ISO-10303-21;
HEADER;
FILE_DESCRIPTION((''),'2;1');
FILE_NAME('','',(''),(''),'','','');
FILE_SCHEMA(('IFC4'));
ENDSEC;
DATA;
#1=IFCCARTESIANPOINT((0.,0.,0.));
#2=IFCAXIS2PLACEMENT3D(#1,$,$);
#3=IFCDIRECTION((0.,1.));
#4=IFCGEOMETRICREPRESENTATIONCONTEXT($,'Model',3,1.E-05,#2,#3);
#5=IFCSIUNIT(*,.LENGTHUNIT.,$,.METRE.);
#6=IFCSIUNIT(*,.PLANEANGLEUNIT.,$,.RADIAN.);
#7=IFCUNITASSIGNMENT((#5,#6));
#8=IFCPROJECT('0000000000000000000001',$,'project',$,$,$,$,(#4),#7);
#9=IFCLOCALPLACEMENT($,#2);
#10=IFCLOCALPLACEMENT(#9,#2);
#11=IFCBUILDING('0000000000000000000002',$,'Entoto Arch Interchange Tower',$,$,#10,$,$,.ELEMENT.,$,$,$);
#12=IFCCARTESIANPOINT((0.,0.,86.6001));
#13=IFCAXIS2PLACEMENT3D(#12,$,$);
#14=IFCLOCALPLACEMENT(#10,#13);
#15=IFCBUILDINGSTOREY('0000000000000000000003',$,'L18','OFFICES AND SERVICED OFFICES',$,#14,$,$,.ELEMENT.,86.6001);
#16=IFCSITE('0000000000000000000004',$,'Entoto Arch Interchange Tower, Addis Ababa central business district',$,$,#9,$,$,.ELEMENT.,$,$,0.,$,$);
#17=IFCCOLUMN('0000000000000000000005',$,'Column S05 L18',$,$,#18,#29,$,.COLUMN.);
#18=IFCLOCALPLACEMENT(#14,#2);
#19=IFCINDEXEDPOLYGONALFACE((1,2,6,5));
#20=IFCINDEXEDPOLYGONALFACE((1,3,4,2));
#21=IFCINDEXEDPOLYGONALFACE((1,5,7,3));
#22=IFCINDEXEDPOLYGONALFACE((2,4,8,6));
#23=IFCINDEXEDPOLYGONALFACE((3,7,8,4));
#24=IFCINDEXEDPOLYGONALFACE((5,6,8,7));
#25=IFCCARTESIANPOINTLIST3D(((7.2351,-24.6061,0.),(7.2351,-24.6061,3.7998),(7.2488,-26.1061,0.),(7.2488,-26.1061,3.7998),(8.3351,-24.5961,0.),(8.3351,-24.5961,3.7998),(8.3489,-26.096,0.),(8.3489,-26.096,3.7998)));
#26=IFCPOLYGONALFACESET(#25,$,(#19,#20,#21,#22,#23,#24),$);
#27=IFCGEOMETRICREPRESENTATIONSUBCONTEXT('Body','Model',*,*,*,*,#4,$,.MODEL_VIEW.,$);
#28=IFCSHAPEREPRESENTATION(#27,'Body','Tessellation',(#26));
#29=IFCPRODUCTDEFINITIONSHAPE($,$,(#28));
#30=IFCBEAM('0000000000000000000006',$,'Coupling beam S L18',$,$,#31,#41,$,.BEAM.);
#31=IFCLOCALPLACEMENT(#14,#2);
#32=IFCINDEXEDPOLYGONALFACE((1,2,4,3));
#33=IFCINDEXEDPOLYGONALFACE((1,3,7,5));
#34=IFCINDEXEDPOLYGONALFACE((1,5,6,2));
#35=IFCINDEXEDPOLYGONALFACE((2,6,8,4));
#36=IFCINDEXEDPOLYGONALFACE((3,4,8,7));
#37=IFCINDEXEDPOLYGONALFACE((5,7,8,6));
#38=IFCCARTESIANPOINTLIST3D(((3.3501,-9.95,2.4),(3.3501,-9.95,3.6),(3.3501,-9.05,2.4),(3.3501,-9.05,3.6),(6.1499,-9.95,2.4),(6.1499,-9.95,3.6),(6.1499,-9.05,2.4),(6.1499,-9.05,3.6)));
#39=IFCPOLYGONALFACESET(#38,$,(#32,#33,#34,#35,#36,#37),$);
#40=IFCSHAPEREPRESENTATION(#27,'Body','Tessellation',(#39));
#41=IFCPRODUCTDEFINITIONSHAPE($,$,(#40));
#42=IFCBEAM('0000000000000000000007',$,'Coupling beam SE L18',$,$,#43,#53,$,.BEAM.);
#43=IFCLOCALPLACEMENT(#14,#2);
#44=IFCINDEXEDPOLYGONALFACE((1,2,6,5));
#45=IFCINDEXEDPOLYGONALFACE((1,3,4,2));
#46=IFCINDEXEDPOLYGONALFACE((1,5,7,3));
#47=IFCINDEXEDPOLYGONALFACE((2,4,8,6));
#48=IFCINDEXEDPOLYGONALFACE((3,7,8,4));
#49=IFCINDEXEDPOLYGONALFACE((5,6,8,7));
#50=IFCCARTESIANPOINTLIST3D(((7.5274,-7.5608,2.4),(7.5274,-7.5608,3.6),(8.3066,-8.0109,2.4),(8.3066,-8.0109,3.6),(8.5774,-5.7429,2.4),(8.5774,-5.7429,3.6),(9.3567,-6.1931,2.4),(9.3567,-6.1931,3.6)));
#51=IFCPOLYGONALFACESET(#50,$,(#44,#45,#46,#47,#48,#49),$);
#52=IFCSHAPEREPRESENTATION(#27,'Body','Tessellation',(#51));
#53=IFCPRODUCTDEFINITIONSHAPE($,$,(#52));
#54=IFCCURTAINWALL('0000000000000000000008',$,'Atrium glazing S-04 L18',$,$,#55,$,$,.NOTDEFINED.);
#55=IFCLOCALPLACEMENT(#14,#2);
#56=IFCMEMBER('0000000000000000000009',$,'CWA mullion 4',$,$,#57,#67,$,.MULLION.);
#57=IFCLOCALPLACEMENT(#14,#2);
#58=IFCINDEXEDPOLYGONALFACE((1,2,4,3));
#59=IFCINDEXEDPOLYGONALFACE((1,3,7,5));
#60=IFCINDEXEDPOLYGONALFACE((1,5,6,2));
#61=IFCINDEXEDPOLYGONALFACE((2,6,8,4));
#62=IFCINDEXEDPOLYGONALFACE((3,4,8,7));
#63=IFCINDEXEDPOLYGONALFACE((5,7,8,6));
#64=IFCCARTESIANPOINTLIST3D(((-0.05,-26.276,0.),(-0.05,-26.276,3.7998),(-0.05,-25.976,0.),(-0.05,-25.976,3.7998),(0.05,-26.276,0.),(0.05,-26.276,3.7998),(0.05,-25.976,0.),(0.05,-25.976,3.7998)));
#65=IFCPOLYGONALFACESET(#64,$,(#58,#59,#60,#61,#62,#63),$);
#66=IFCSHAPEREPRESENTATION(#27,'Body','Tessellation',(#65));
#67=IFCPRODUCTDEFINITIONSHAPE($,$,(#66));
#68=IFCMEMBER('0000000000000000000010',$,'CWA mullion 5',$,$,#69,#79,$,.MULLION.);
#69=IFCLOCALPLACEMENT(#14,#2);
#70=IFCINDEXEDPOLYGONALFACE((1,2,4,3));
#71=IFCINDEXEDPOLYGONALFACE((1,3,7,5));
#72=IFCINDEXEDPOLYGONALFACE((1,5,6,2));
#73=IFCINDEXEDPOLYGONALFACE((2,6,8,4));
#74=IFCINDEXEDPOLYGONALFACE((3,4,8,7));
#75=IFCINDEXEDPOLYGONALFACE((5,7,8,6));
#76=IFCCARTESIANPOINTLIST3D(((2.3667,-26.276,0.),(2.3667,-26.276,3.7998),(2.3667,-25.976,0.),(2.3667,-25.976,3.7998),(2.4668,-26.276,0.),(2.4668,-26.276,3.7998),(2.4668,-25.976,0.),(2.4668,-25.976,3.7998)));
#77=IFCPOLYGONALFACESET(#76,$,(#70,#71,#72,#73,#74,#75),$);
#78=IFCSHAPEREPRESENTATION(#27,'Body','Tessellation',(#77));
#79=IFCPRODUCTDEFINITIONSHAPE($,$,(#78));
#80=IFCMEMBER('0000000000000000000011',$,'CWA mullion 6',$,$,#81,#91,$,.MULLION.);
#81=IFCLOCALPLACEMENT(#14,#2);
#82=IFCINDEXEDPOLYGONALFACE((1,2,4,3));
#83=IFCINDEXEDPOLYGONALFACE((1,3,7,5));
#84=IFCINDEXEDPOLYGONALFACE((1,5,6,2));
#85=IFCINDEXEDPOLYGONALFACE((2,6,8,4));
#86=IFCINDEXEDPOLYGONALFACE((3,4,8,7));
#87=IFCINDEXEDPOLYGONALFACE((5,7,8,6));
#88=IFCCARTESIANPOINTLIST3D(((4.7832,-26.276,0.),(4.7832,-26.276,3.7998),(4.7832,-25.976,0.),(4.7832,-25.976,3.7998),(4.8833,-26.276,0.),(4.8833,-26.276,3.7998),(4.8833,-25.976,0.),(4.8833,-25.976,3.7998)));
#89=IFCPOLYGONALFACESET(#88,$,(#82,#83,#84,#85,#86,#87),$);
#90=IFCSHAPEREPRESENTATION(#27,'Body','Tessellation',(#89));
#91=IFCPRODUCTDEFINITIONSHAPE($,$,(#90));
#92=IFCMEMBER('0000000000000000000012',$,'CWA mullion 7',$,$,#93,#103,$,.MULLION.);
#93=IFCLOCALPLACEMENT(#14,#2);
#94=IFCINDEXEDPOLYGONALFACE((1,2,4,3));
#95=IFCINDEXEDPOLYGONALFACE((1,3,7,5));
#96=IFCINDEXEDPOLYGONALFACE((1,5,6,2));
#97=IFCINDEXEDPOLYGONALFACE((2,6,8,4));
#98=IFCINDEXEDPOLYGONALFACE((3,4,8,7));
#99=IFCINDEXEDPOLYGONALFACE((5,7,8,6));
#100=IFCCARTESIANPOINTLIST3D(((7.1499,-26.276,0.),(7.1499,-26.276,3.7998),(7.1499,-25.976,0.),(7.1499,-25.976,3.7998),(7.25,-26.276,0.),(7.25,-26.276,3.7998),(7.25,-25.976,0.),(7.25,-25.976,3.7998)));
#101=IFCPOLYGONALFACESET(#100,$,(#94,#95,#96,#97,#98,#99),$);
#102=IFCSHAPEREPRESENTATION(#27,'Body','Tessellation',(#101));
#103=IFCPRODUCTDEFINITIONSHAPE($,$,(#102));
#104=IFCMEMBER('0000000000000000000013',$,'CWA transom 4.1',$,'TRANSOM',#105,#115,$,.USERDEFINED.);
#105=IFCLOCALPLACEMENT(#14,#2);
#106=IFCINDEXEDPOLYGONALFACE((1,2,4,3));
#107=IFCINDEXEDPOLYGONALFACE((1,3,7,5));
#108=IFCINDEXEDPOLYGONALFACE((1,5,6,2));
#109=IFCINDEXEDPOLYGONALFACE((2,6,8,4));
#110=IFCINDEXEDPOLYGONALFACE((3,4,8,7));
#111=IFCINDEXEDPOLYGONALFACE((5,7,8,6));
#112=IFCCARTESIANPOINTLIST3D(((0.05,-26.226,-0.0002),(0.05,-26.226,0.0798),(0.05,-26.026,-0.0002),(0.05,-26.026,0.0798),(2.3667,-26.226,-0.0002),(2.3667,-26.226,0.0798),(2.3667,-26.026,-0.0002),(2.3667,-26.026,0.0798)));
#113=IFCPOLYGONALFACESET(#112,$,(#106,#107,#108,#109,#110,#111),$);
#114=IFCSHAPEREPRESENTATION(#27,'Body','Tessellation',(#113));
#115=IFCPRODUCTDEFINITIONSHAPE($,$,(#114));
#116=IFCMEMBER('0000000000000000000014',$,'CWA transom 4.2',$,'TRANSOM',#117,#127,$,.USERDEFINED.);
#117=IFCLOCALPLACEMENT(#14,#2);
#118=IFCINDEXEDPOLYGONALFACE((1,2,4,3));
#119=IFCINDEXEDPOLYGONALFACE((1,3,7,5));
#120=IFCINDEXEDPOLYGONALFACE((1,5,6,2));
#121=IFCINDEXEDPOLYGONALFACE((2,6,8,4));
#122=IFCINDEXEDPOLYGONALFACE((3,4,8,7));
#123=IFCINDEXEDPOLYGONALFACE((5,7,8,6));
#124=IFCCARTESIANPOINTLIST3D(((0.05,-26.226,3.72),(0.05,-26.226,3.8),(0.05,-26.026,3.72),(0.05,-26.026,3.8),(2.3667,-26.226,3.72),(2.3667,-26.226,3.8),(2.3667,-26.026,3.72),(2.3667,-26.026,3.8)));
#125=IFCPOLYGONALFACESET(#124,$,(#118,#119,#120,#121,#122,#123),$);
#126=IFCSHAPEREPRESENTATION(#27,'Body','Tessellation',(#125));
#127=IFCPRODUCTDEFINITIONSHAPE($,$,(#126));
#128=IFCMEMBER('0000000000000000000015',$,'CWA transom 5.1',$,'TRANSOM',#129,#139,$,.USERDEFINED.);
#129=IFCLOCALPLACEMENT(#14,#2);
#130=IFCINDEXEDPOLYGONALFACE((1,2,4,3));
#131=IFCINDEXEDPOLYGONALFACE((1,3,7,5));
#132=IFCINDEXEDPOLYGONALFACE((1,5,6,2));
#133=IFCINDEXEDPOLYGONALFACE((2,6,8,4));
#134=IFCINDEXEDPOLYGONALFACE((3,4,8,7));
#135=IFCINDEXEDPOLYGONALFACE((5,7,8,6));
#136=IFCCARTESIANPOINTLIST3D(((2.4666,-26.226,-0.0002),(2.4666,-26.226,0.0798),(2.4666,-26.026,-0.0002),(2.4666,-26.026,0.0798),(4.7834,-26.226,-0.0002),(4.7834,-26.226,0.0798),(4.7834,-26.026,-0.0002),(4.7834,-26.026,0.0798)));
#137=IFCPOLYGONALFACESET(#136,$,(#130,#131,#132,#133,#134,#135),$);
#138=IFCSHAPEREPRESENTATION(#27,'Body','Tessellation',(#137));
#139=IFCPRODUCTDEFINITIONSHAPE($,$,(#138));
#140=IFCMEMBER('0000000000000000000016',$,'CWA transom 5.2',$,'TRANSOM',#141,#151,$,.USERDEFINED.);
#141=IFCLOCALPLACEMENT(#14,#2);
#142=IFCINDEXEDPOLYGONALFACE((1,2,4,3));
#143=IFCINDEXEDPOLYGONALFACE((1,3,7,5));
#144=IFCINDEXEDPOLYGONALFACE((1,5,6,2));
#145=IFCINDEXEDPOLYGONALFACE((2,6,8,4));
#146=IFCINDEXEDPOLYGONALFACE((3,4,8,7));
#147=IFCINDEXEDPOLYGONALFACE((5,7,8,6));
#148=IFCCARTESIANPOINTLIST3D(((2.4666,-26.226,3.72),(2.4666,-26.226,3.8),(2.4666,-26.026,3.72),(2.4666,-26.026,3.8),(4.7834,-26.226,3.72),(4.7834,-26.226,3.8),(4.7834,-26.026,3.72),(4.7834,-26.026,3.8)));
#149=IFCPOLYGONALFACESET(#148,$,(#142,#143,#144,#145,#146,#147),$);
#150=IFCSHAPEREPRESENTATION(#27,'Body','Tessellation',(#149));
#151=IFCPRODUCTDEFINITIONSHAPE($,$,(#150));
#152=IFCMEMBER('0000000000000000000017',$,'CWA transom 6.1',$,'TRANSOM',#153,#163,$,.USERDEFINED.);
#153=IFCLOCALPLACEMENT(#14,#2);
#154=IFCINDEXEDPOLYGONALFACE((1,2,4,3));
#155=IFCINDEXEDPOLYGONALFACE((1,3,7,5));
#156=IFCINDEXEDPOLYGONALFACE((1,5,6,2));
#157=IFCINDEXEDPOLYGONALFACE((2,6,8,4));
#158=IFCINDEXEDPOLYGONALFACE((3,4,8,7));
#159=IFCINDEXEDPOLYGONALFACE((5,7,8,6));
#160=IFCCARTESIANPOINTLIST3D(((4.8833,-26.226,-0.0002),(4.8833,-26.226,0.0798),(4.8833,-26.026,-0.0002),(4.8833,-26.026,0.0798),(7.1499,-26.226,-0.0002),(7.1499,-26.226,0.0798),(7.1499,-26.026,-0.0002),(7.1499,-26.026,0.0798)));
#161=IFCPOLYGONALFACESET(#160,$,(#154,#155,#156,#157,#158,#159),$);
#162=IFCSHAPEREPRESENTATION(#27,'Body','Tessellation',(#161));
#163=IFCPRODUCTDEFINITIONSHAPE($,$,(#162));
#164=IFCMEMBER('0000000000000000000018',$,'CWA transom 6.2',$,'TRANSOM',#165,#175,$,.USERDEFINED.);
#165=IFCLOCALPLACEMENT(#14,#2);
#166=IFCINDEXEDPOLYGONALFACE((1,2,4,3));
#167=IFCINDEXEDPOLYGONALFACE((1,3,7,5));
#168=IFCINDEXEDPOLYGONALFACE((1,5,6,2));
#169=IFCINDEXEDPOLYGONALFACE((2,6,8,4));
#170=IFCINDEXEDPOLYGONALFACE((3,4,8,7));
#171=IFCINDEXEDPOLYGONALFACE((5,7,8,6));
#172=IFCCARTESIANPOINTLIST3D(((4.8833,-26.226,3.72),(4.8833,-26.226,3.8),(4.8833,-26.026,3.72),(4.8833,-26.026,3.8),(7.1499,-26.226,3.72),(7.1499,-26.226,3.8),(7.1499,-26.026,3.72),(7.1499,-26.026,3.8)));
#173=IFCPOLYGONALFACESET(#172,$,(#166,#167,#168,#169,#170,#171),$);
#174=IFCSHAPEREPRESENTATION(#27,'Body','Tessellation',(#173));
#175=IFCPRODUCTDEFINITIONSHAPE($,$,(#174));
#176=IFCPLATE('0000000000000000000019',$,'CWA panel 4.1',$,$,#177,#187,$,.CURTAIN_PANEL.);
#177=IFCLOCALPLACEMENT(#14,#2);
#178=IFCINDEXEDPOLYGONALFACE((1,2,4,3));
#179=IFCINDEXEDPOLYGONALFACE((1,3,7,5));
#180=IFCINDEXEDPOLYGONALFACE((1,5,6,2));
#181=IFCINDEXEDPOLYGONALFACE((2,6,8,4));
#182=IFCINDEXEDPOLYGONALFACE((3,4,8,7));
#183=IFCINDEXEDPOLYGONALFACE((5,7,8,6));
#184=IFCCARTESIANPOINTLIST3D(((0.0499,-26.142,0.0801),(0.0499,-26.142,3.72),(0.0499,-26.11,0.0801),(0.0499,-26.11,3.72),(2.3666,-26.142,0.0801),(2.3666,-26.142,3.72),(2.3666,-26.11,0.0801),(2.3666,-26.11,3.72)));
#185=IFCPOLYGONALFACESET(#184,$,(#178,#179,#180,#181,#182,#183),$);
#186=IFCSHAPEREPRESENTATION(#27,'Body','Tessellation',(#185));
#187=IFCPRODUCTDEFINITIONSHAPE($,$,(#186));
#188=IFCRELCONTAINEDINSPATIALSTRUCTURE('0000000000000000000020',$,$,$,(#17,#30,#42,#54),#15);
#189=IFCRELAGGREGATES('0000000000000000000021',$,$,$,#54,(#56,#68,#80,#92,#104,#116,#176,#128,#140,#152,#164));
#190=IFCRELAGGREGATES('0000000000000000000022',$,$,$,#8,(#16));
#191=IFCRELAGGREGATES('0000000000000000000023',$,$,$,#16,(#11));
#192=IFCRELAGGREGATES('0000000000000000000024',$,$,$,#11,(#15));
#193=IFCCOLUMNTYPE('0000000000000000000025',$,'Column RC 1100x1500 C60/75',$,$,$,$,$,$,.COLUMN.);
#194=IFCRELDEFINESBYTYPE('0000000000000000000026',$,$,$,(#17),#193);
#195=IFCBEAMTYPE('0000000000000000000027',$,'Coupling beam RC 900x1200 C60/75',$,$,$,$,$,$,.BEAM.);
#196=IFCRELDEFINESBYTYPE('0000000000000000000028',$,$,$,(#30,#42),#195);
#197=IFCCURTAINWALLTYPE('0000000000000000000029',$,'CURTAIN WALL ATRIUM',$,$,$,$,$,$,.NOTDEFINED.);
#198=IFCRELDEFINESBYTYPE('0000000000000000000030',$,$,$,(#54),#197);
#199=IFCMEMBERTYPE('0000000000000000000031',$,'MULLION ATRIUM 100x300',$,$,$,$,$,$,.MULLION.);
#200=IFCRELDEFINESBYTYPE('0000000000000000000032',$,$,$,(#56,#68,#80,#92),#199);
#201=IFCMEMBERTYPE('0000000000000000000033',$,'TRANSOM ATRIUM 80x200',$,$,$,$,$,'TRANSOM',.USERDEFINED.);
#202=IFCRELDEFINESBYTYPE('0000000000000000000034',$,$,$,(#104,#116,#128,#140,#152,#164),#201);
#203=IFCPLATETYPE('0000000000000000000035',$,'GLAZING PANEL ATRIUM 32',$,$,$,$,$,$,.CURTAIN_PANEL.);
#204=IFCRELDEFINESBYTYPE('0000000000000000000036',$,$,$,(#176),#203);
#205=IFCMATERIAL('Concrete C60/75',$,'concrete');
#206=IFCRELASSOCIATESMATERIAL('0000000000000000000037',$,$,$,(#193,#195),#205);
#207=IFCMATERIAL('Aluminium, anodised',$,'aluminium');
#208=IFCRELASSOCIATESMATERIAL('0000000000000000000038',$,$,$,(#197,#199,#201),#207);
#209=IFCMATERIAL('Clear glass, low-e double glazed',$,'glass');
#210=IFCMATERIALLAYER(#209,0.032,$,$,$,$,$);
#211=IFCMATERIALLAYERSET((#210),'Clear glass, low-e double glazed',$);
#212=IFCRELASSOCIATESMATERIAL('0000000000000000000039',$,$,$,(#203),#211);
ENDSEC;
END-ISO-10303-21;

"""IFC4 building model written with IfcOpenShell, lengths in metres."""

from ifc_helpers import new_model, si_unit, direction, frame, origin, origin_2d, place, context, subcontext, project, spatial, rectangle, extrude, material, layer, layer_set, material_profile, profile_set, type_object, element, aggregate, save


model = new_model("IFC4")

# Units and contexts
model_context = context("Model", 3, precision=1e-05, world=origin(), true_north=direction((0.0, 1.0)))
body_context = subcontext(model_context, "Body", "Model", "MODEL_VIEW")
ifc_project = project(units=[si_unit("LENGTHUNIT", "METRE"), si_unit("PLANEANGLEUNIT", "RADIAN")], contexts=[model_context])

# Site, building, storey
site_placement = place(None, origin())
site = spatial("IfcSite", under=ifc_project, at=site_placement, Name="Entoto Arch Interchange Tower, Addis Ababa central business district", CompositionType="ELEMENT", RefElevation=0.0)
building_placement = place(site_placement, origin())
building = spatial("IfcBuilding", under=site, at=building_placement, Name="Entoto Arch Interchange Tower", CompositionType="ELEMENT")
storey_placement = place(building_placement, frame((0.0, 0.0, 86.6001)))
storey = spatial("IfcBuildingStorey", under=building, at=storey_placement, Name="L18", Description="OFFICES AND SERVICED OFFICES", CompositionType="ELEMENT", Elevation=86.6001)

# Column
ifc_material_1 = material(Name="Concrete C60/75", Category="concrete")
ifc_material_profile_1 = material_profile(ifc_material_1, rectangle(XDim=1.1001, YDim=1.5, at=origin_2d()))
ifc_profile_set_1 = profile_set([ifc_material_profile_1], Name="Concrete C60/75")
column_type = type_object("IfcColumnType", Name="Column RC 1100x1500 C60/75", PredefinedType="COLUMN", material=ifc_profile_set_1)
column_placement = place(storey_placement, frame((7.792, -25.3511, 0.0), z_axis=(0.0, 0.0, 1.0), x_axis=(0.999958, 0.009163, 0.0)))
element("IfcColumn", 1, at=column_placement, inside=storey, type_object=column_type, Name="Column S05 L18", PredefinedType="COLUMN", context=body_context, shape_type="SweptSolid", body=[
    extrude(rectangle(XDim=1.1001, YDim=1.5, at=origin_2d()), origin(), (0.0, 0.0, 1.0), 3.7998),
])

# Beams
ifc_material_profile_2 = material_profile(ifc_material_1, rectangle(XDim=0.8999, YDim=1.2, at=origin_2d()))
ifc_profile_set_2 = profile_set([ifc_material_profile_2], Name="Concrete C60/75")
beam_type = type_object("IfcBeamType", Name="Coupling beam RC 900x1200 C60/75", PredefinedType="BEAM", material=ifc_profile_set_2)
beam_1_placement = place(storey_placement, frame((3.3501, -9.5, 3.0), z_axis=(1.0, 0.0, 0.0), x_axis=(0.0, 1.0, 0.0)))
element("IfcBeam", 2, at=beam_1_placement, inside=storey, type_object=beam_type, Name="Coupling beam S L18", PredefinedType="BEAM", context=body_context, shape_type="SweptSolid", body=[
    extrude(rectangle(XDim=0.8999, YDim=1.2, at=origin_2d()), origin(), (0.0, 0.0, 1.0), 2.7998),
])
beam_2_placement = place(storey_placement, frame((7.917, -7.7859, 3.0), z_axis=(0.500179, 0.865922, 0.0), x_axis=(-0.865922, 0.500179, 0.0)))
element("IfcBeam", 3, at=beam_2_placement, inside=storey, type_object=beam_type, Name="Coupling beam SE L18", PredefinedType="BEAM", context=body_context, shape_type="SweptSolid", body=[
    extrude(rectangle(XDim=0.8999, YDim=1.2, at=origin_2d()), origin(), (0.0, 0.0, 1.0), 2.0994),
])

# Curtain wall, members, plate
ifc_material_2 = material(Name="Aluminium, anodised", Category="aluminium")
curtain_wall_type = type_object("IfcCurtainWallType", Name="CURTAIN WALL ATRIUM", PredefinedType="NOTDEFINED", material=ifc_material_2)
curtain_wall_placement = place(storey_placement, origin())
curtain_wall = element("IfcCurtainWall", 4, at=curtain_wall_placement, inside=storey, type_object=curtain_wall_type, Name="Atrium glazing S-04 L18", PredefinedType="NOTDEFINED")
ifc_material_profile_3 = material_profile(ifc_material_2, rectangle(XDim=0.3, YDim=0.1001, at=origin_2d()))
ifc_profile_set_3 = profile_set([ifc_material_profile_3], Name="Aluminium, anodised")
member_type_1 = type_object("IfcMemberType", Name="MULLION ATRIUM 100x300", PredefinedType="MULLION", material=ifc_profile_set_3)
member_1_placement = place(storey_placement, frame((0.0, -26.126, 0.0), z_axis=(0.0, 0.0, 1.0), x_axis=(0.0, 1.0, 0.0)))
member_1 = element("IfcMember", 5, at=member_1_placement, type_object=member_type_1, Name="CWA mullion 4", PredefinedType="MULLION", context=body_context, shape_type="SweptSolid", body=[
    extrude(rectangle(XDim=0.3, YDim=0.1001, at=origin_2d()), origin(), (0.0, 0.0, 1.0), 3.7998),
])
member_2_placement = place(storey_placement, frame((2.4167, -26.126, 0.0), z_axis=(0.0, 0.0, 1.0), x_axis=(0.0, 1.0, 0.0)))
member_2 = element("IfcMember", 6, at=member_2_placement, type_object=member_type_1, Name="CWA mullion 5", PredefinedType="MULLION", context=body_context, shape_type="SweptSolid", body=[
    extrude(rectangle(XDim=0.3, YDim=0.1001, at=origin_2d()), origin(), (0.0, 0.0, 1.0), 3.7998),
])
member_3_placement = place(storey_placement, frame((4.8333, -26.126, 0.0), z_axis=(0.0, 0.0, 1.0), x_axis=(0.0, 1.0, 0.0)))
member_3 = element("IfcMember", 7, at=member_3_placement, type_object=member_type_1, Name="CWA mullion 6", PredefinedType="MULLION", context=body_context, shape_type="SweptSolid", body=[
    extrude(rectangle(XDim=0.3, YDim=0.1001, at=origin_2d()), origin(), (0.0, 0.0, 1.0), 3.7998),
])
member_4_placement = place(storey_placement, frame((7.2, -26.126, 0.0), z_axis=(0.0, 0.0, 1.0), x_axis=(0.0, 1.0, 0.0)))
member_4 = element("IfcMember", 8, at=member_4_placement, type_object=member_type_1, Name="CWA mullion 7", PredefinedType="MULLION", context=body_context, shape_type="SweptSolid", body=[
    extrude(rectangle(XDim=0.3, YDim=0.1001, at=origin_2d()), origin(), (0.0, 0.0, 1.0), 3.7998),
])
ifc_material_profile_4 = material_profile(ifc_material_2, rectangle(XDim=0.2, YDim=0.0801, at=origin_2d()))
ifc_profile_set_4 = profile_set([ifc_material_profile_4], Name="Aluminium, anodised")
member_type_2 = type_object("IfcMemberType", Name="TRANSOM ATRIUM 80x200", ElementType="TRANSOM", PredefinedType="USERDEFINED", material=ifc_profile_set_4)
member_5_placement = place(storey_placement, frame((0.05, -26.126, 0.0398), z_axis=(1.0, 0.0, 0.0), x_axis=(0.0, 1.0, 0.0)))
member_5 = element("IfcMember", 9, at=member_5_placement, type_object=member_type_2, Name="CWA transom 4.1", ObjectType="TRANSOM", PredefinedType="USERDEFINED", context=body_context, shape_type="SweptSolid", body=[
    extrude(rectangle(XDim=0.2, YDim=0.0801, at=origin_2d()), origin(), (0.0, 0.0, 1.0), 2.3167),
])
member_6_placement = place(storey_placement, frame((0.05, -26.126, 3.76), z_axis=(1.0, 0.0, 0.0), x_axis=(0.0, 1.0, 0.0)))
member_6 = element("IfcMember", 10, at=member_6_placement, type_object=member_type_2, Name="CWA transom 4.2", ObjectType="TRANSOM", PredefinedType="USERDEFINED", context=body_context, shape_type="SweptSolid", body=[
    extrude(rectangle(XDim=0.2, YDim=0.0801, at=origin_2d()), origin(), (0.0, 0.0, 1.0), 2.3167),
])
member_7_placement = place(storey_placement, frame((2.4666, -26.126, 0.0398), z_axis=(1.0, 0.0, 0.0), x_axis=(0.0, 1.0, 0.0)))
member_7 = element("IfcMember", 11, at=member_7_placement, type_object=member_type_2, Name="CWA transom 5.1", ObjectType="TRANSOM", PredefinedType="USERDEFINED", context=body_context, shape_type="SweptSolid", body=[
    extrude(rectangle(XDim=0.2, YDim=0.0801, at=origin_2d()), origin(), (0.0, 0.0, 1.0), 2.3169),
])
member_8_placement = place(storey_placement, frame((2.4666, -26.126, 3.76), z_axis=(1.0, 0.0, 0.0), x_axis=(0.0, 1.0, 0.0)))
member_8 = element("IfcMember", 12, at=member_8_placement, type_object=member_type_2, Name="CWA transom 5.2", ObjectType="TRANSOM", PredefinedType="USERDEFINED", context=body_context, shape_type="SweptSolid", body=[
    extrude(rectangle(XDim=0.2, YDim=0.0801, at=origin_2d()), origin(), (0.0, 0.0, 1.0), 2.3169),
])
member_9_placement = place(storey_placement, frame((4.8833, -26.126, 0.0398), z_axis=(1.0, 0.0, 0.0), x_axis=(0.0, 1.0, 0.0)))
member_9 = element("IfcMember", 13, at=member_9_placement, type_object=member_type_2, Name="CWA transom 6.1", ObjectType="TRANSOM", PredefinedType="USERDEFINED", context=body_context, shape_type="SweptSolid", body=[
    extrude(rectangle(XDim=0.2, YDim=0.0801, at=origin_2d()), origin(), (0.0, 0.0, 1.0), 2.2666),
])
member_10_placement = place(storey_placement, frame((4.8833, -26.126, 3.76), z_axis=(1.0, 0.0, 0.0), x_axis=(0.0, 1.0, 0.0)))
member_10 = element("IfcMember", 14, at=member_10_placement, type_object=member_type_2, Name="CWA transom 6.2", ObjectType="TRANSOM", PredefinedType="USERDEFINED", context=body_context, shape_type="SweptSolid", body=[
    extrude(rectangle(XDim=0.2, YDim=0.0801, at=origin_2d()), origin(), (0.0, 0.0, 1.0), 2.2666),
])
ifc_material_3 = material(Name="Clear glass, low-e double glazed", Category="glass")
ifc_layer_1 = layer(ifc_material_3, 0.032)
ifc_layer_set_1 = layer_set([ifc_layer_1], Name="Clear glass, low-e double glazed")
plate_type = type_object("IfcPlateType", Name="GLAZING PANEL ATRIUM 32", PredefinedType="CURTAIN_PANEL", material=ifc_layer_set_1)
plate_1_placement = place(storey_placement, frame((1.2083, -26.126, 0.0801), z_axis=(0.0, 0.0, 1.0), x_axis=(1.0, 0.0, 0.0)))
plate_1 = element("IfcPlate", 15, at=plate_1_placement, type_object=plate_type, Name="CWA panel 4.1", PredefinedType="CURTAIN_PANEL", context=body_context, shape_type="SweptSolid", body=[
    extrude(rectangle(XDim=2.3167, YDim=0.032, at=origin_2d()), origin(), (0.0, 0.0, 1.0), 3.6399),
])
aggregate(curtain_wall, [member_1, member_2, member_3, member_4, member_5, member_6, plate_1, member_7, member_8, member_9, member_10])

save(model, "model.ifc")
